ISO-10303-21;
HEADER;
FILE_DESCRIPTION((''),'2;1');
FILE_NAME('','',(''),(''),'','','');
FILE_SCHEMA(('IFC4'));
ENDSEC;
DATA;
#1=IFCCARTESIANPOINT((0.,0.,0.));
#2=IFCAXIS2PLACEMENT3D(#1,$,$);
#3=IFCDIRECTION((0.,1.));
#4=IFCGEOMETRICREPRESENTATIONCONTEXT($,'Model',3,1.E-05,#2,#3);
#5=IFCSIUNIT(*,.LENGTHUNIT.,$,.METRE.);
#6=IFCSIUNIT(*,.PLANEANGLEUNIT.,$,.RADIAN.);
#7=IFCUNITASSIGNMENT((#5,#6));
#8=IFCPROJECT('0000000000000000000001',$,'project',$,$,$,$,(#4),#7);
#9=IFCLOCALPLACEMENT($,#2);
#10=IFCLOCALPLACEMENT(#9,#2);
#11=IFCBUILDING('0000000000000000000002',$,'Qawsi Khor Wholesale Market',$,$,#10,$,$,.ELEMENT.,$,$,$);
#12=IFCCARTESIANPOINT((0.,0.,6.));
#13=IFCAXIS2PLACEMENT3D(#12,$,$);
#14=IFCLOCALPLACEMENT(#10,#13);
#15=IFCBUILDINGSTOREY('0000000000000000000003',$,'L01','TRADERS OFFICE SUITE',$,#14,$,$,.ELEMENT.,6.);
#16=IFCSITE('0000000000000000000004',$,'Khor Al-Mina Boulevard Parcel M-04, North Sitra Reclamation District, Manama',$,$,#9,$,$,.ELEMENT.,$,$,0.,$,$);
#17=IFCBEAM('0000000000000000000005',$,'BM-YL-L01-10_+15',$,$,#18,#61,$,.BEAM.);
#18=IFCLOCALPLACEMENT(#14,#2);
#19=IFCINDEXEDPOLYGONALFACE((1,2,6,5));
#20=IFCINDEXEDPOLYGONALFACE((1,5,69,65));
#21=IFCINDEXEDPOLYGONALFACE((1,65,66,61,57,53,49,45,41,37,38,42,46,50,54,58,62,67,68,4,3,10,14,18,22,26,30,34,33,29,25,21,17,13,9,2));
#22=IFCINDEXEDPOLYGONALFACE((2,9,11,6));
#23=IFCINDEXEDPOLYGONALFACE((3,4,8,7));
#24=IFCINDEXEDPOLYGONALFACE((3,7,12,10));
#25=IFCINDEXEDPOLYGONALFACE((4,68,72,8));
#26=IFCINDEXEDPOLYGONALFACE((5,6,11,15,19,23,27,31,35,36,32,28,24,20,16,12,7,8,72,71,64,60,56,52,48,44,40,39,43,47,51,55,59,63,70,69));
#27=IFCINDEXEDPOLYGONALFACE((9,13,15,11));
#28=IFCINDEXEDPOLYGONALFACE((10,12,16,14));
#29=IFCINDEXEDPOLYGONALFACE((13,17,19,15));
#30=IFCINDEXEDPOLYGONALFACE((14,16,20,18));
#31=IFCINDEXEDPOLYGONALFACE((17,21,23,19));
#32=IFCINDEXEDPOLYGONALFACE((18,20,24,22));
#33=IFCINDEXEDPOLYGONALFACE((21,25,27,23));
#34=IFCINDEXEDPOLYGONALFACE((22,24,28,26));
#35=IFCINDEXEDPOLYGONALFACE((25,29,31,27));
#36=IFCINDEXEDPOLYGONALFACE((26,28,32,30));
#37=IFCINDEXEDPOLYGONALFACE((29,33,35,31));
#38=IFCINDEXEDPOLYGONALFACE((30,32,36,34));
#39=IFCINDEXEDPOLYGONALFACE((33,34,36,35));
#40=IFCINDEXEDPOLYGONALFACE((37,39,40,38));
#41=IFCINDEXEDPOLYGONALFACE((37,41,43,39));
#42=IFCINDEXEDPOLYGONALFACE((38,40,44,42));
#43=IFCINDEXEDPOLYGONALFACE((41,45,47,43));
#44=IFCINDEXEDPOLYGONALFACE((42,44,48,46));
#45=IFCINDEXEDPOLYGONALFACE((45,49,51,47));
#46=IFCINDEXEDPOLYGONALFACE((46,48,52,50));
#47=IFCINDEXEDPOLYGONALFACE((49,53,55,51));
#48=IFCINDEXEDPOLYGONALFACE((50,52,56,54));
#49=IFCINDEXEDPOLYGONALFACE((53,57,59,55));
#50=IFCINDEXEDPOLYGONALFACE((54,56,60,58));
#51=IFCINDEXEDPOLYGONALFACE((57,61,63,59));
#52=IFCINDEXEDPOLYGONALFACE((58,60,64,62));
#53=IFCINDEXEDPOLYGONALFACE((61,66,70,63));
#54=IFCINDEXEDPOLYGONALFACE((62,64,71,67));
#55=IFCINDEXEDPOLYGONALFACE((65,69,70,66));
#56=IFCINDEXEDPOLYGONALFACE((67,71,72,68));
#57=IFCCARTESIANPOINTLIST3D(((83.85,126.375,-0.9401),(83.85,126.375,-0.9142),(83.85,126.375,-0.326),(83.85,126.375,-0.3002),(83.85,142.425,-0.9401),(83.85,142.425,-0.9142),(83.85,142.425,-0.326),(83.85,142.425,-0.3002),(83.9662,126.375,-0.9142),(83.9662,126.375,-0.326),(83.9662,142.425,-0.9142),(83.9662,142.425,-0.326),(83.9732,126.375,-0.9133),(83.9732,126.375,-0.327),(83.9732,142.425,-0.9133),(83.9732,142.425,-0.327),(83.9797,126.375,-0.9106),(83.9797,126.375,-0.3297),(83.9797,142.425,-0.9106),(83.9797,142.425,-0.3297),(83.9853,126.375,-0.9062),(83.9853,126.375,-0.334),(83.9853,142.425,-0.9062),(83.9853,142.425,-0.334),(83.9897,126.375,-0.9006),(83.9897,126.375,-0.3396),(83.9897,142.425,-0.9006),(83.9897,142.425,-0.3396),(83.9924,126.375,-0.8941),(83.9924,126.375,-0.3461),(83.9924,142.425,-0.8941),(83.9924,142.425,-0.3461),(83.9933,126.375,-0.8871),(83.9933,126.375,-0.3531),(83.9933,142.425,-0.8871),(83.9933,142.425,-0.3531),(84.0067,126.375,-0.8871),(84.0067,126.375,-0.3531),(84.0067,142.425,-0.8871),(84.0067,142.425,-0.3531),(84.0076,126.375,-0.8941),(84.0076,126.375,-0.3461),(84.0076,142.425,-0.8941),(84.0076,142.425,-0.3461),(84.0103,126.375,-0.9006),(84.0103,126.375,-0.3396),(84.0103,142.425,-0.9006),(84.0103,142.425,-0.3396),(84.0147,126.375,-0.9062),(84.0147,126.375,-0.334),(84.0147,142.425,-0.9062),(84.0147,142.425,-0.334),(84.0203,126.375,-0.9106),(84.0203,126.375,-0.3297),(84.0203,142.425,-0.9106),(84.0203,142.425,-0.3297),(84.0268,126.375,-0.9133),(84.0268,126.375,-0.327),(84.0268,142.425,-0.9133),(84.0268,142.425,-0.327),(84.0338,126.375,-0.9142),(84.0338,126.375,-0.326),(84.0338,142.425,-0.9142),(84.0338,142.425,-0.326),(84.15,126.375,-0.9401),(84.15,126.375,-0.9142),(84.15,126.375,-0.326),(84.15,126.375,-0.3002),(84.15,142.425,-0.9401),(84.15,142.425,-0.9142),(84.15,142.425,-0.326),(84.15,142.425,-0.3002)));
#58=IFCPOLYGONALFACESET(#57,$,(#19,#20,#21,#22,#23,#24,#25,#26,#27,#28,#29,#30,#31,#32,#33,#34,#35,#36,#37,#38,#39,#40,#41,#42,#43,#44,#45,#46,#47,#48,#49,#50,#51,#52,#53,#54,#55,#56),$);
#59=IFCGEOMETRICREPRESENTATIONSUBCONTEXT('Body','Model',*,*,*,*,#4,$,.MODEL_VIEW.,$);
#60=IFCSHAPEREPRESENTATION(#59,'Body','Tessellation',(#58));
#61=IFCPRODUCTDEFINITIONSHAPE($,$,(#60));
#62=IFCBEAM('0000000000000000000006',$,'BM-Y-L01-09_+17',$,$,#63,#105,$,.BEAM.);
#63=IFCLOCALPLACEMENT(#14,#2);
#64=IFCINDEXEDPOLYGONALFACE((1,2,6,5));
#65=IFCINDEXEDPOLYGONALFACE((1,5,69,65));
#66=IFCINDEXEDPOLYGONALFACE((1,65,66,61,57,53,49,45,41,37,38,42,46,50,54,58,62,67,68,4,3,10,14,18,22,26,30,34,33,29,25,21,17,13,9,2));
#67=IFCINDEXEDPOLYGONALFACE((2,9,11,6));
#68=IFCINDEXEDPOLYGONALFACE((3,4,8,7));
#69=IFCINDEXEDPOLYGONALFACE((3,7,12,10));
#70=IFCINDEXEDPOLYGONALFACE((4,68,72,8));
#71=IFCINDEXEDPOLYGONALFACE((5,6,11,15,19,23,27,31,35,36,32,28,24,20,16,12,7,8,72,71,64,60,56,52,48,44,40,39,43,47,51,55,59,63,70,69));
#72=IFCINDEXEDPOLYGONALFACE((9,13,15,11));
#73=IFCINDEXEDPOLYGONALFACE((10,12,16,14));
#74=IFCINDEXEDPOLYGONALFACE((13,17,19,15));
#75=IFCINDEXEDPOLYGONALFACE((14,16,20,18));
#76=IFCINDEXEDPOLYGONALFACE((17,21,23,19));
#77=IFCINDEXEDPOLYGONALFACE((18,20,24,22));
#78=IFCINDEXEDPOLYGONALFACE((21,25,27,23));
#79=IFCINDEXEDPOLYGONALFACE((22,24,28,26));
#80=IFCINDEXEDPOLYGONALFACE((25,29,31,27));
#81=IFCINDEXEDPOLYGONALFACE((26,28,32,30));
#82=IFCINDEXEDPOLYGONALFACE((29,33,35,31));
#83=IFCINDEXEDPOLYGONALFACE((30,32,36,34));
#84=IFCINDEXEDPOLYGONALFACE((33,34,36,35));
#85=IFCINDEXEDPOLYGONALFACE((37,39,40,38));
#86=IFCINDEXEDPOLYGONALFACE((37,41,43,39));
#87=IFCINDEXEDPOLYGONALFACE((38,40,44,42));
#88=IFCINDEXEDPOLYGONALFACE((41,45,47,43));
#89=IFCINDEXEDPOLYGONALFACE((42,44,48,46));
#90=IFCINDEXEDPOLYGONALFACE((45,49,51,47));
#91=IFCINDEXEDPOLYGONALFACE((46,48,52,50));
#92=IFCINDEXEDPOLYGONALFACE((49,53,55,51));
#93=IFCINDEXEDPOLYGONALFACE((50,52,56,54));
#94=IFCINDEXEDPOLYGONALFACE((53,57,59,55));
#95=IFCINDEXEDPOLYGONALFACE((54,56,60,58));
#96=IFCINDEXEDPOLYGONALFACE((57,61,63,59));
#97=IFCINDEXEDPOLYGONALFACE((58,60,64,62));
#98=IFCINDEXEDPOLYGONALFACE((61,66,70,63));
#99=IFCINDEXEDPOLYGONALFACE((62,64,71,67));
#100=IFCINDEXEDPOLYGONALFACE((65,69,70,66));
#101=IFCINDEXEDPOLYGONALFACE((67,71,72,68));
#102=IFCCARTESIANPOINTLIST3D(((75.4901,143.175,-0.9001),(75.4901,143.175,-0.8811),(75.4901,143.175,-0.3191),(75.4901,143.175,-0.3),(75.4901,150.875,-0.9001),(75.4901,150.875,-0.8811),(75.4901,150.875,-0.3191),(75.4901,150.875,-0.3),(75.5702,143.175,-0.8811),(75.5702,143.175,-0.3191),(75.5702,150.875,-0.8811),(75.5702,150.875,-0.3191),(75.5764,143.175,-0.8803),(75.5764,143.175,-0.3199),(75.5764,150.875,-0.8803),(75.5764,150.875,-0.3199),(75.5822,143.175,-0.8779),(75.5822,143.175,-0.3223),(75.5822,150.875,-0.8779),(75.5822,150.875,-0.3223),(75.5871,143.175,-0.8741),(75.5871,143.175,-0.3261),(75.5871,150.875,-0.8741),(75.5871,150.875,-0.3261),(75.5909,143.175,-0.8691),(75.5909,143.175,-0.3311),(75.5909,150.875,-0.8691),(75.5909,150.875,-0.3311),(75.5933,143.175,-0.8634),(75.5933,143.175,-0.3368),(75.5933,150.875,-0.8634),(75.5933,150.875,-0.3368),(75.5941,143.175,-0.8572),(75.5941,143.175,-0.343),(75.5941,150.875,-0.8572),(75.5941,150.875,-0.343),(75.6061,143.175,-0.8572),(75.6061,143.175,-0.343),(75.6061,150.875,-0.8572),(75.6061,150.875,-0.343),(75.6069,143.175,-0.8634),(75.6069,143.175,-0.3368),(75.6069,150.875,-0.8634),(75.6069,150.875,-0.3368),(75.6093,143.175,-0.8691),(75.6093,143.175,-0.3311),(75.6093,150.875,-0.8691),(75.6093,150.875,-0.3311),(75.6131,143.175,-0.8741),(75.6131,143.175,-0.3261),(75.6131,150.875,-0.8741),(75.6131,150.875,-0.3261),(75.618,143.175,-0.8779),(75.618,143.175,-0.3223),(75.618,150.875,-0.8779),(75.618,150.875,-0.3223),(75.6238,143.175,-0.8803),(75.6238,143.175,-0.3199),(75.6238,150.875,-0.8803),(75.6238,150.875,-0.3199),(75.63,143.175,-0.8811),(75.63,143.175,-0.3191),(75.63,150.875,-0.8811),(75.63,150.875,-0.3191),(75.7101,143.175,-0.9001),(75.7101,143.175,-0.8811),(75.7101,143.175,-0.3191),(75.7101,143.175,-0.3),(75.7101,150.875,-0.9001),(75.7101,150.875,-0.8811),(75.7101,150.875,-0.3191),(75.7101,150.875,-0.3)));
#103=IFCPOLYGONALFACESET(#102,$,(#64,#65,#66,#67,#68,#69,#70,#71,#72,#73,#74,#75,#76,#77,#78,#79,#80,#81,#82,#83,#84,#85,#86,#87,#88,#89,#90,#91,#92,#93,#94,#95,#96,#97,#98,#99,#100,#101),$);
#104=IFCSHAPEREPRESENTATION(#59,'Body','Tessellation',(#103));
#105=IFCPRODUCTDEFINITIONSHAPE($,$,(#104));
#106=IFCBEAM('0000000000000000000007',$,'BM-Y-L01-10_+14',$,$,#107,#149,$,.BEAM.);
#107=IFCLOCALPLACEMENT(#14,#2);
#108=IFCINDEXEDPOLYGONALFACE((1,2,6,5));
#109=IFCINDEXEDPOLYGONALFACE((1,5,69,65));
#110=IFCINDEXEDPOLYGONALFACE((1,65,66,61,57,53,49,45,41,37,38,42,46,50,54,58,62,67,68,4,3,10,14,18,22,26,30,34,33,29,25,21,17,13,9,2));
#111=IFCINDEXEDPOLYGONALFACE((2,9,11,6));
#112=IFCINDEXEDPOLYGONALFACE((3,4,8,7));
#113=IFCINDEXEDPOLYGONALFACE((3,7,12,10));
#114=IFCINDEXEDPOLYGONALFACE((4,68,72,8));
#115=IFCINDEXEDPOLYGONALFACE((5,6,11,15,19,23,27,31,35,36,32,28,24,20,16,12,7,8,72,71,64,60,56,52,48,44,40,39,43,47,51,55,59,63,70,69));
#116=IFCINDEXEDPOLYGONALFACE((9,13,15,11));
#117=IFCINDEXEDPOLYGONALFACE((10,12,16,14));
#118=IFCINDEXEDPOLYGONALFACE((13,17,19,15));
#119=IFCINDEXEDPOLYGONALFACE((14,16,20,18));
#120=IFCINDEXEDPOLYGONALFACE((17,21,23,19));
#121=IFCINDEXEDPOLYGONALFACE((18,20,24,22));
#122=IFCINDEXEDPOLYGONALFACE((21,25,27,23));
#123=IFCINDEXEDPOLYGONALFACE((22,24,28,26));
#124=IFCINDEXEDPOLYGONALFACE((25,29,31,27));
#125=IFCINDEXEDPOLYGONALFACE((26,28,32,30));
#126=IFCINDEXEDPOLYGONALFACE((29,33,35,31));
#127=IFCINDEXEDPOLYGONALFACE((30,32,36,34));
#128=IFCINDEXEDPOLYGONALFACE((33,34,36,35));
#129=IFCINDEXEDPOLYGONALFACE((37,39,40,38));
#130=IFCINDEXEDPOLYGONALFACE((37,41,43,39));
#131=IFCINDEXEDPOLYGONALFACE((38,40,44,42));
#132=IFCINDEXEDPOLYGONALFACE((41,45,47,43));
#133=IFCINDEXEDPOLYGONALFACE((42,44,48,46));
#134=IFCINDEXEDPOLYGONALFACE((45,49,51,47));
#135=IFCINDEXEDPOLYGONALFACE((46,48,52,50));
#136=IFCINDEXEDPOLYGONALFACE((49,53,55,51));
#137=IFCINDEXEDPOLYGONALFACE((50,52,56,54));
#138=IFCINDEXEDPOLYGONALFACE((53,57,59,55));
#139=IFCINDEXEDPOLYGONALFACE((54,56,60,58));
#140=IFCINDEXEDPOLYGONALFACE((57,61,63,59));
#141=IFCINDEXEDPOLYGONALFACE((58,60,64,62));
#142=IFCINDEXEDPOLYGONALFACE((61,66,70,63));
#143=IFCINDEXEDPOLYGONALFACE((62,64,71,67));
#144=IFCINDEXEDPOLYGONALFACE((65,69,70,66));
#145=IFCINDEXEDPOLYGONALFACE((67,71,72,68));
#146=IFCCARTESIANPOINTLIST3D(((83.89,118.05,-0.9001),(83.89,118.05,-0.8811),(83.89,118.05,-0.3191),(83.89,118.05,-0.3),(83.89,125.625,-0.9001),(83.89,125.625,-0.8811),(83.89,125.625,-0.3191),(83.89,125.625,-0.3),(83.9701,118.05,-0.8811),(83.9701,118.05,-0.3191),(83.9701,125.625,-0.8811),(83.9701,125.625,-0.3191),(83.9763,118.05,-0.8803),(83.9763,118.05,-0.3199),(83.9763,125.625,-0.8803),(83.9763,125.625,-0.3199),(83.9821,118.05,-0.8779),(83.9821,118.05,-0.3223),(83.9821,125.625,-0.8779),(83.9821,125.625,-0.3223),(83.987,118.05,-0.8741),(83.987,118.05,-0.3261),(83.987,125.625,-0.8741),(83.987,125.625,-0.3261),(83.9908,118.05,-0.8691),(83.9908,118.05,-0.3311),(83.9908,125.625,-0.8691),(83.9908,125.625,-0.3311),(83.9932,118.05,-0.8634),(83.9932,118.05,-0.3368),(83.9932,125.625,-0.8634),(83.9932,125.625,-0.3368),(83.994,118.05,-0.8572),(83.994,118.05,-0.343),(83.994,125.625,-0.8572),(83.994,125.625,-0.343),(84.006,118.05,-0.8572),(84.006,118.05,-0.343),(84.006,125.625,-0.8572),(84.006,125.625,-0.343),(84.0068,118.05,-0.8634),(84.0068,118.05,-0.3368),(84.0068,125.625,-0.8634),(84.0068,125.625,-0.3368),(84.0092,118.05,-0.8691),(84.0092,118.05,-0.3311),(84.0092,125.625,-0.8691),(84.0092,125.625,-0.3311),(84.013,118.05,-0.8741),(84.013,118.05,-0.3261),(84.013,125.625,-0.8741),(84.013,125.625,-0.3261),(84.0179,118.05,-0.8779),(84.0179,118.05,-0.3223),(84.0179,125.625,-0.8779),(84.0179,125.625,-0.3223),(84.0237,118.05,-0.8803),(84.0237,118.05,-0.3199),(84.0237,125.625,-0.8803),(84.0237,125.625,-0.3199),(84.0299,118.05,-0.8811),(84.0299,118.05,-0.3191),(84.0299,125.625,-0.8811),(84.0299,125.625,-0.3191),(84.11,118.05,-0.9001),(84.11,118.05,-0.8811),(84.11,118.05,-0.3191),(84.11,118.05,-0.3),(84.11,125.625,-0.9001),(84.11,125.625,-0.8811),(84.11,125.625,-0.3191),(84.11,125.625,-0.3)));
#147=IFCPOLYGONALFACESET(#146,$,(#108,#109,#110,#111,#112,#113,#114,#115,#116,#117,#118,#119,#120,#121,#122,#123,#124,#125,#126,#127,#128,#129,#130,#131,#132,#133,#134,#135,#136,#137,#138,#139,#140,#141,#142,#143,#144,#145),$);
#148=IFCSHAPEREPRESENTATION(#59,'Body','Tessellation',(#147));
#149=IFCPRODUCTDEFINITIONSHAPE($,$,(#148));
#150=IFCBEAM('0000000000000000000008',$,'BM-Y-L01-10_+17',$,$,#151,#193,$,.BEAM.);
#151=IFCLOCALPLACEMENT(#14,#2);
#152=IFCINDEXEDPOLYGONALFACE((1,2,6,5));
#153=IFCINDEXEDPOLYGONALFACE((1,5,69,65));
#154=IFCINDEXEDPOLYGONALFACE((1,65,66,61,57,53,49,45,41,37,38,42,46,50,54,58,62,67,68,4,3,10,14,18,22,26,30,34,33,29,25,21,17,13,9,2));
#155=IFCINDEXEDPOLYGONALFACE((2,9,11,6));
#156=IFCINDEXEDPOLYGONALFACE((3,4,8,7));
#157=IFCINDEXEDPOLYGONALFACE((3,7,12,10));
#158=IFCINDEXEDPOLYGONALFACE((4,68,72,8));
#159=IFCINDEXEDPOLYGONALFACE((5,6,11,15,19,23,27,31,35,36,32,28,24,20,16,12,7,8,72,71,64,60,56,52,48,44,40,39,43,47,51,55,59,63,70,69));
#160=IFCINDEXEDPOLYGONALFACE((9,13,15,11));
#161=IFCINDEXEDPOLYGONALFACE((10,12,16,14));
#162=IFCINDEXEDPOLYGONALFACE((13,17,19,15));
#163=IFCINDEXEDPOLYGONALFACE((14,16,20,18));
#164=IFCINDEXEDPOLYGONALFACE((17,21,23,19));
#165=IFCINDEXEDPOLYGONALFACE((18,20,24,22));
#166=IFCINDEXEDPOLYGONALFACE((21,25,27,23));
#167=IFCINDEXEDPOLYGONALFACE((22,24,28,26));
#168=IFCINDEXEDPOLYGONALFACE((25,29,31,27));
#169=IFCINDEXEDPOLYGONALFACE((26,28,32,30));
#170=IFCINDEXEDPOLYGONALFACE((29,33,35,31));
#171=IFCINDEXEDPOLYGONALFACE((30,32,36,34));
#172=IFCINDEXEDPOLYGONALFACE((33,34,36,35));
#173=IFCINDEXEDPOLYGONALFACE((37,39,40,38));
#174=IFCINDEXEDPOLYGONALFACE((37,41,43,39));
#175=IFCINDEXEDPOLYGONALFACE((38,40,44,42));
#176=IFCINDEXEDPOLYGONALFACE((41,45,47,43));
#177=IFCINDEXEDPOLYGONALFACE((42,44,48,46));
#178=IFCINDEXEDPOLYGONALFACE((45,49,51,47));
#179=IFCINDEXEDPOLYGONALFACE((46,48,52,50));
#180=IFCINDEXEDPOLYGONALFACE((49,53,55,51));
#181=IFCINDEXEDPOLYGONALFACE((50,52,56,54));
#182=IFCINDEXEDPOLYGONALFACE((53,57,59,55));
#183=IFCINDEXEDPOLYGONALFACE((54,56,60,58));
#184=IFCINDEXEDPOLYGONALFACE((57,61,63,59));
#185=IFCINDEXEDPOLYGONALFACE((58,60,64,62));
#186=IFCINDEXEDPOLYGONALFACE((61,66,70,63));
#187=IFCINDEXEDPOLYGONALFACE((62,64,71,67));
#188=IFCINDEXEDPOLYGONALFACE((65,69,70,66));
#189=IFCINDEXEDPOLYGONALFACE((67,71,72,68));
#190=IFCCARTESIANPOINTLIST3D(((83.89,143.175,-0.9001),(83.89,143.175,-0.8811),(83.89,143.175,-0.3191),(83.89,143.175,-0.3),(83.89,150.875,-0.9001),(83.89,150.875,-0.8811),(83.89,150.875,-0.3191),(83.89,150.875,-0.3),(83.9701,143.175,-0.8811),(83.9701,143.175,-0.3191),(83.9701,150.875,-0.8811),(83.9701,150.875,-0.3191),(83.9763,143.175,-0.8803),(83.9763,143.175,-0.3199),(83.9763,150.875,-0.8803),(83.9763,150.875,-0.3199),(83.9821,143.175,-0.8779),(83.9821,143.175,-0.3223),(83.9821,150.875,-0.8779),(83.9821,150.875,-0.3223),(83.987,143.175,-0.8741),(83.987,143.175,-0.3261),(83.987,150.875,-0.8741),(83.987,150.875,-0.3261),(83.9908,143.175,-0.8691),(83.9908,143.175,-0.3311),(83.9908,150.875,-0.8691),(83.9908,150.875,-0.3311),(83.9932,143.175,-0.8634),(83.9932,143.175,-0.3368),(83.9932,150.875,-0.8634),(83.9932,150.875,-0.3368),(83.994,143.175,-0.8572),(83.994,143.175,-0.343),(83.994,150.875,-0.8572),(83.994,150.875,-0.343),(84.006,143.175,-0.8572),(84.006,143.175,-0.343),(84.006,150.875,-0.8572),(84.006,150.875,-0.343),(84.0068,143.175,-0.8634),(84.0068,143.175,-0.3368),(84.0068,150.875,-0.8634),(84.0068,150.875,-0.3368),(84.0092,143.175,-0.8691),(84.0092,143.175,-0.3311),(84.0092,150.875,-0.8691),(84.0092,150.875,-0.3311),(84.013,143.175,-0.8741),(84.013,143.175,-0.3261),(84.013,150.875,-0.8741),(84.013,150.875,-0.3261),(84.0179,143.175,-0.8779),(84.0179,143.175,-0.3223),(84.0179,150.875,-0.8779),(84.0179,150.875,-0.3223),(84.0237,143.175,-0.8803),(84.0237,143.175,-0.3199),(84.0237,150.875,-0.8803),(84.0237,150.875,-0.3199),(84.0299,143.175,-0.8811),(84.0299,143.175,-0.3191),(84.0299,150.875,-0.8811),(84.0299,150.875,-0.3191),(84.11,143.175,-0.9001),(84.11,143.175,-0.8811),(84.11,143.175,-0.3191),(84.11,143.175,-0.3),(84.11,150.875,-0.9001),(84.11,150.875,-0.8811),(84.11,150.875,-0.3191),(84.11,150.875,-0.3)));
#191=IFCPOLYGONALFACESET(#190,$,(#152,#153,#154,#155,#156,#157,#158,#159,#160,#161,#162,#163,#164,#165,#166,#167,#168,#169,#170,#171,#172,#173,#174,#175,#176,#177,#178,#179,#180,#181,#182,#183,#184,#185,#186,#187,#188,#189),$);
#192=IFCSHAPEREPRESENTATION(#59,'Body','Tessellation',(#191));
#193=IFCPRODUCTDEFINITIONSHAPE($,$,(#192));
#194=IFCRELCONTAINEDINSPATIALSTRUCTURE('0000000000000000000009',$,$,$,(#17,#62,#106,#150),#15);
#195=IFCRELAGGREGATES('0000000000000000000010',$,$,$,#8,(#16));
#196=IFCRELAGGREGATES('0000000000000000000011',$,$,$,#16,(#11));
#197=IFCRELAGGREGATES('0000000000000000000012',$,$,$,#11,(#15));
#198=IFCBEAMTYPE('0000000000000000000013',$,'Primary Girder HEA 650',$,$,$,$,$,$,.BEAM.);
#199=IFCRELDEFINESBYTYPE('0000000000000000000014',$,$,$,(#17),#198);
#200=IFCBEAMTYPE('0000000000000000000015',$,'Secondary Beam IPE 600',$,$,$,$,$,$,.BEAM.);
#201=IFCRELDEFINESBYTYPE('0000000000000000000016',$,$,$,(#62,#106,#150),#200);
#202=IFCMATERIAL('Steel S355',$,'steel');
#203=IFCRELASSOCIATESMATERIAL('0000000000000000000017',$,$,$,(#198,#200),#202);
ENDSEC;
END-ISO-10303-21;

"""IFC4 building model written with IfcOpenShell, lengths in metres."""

from ifc_helpers import new_model, si_unit, direction, frame, origin, origin_2d, place, context, subcontext, project, spatial, i_section, extrude, material, material_profile, profile_set, type_object, element, save


model = new_model("IFC4")

# Units and contexts
model_context = context("Model", 3, precision=1e-05, world=origin(), true_north=direction((0.0, 1.0)))
body_context = subcontext(model_context, "Body", "Model", "MODEL_VIEW")
ifc_project = project(units=[si_unit("LENGTHUNIT", "METRE"), si_unit("PLANEANGLEUNIT", "RADIAN")], contexts=[model_context])

# Site, building, storey
site_placement = place(None, origin())
site = spatial("IfcSite", under=ifc_project, at=site_placement, Name="Khor Al-Mina Boulevard Parcel M-04, North Sitra Reclamation District, Manama", CompositionType="ELEMENT", RefElevation=0.0)
building_placement = place(site_placement, origin())
building = spatial("IfcBuilding", under=site, at=building_placement, Name="Qawsi Khor Wholesale Market", CompositionType="ELEMENT")
storey_placement = place(building_placement, frame((0.0, 0.0, 6.0)))
storey = spatial("IfcBuildingStorey", under=building, at=storey_placement, Name="L01", Description="TRADERS OFFICE SUITE", CompositionType="ELEMENT", Elevation=6.0)

# Shared definitions
ifc_material_1 = material(Name="Steel S355", Category="steel")

# Beams
ifc_material_profile_1 = material_profile(ifc_material_1, i_section(OverallWidth=0.3, OverallDepth=0.6399, WebThickness=0.0134, FlangeThickness=0.0259, FilletRadius=0.0271, at=origin_2d()), Name="HEA 650")
ifc_profile_set_1 = profile_set([ifc_material_profile_1], Name="Steel S355")
beam_type_1 = type_object("IfcBeamType", Name="Primary Girder HEA 650", PredefinedType="BEAM", material=ifc_profile_set_1)
for number, where, z_axis, x_axis, name in (
    (1, (84.0, 126.375, -0.6201), (0.0, 1.0, 0.0), (-1.0, 0.0, 0.0), "BM-YL-L01-10_+15"),
):
    element("IfcBeam", number, at=place(storey_placement, frame(where, z_axis=z_axis, x_axis=x_axis)), inside=storey, type_object=beam_type_1, Name=name, PredefinedType="BEAM", context=body_context, shape_type="SweptSolid", body=[
        extrude(i_section(OverallWidth=0.3, OverallDepth=0.6399, WebThickness=0.0134, FlangeThickness=0.0259, FilletRadius=0.0271, at=origin_2d()), origin(), (0.0, 0.0, 1.0), 16.05),
    ])
ifc_material_profile_2 = material_profile(ifc_material_1, i_section(OverallWidth=0.22, OverallDepth=0.6001, WebThickness=0.012, FlangeThickness=0.019, FilletRadius=0.0239, at=origin_2d()), Name="IPE 600")
ifc_profile_set_2 = profile_set([ifc_material_profile_2], Name="Steel S355")
beam_type_2 = type_object("IfcBeamType", Name="Secondary Beam IPE 600", PredefinedType="BEAM", material=ifc_profile_set_2)
beam_1_placement = place(storey_placement, frame((75.6001, 143.175, -0.6001), z_axis=(0.0, 1.0, 0.0), x_axis=(-1.0, 0.0, 0.0)))
element("IfcBeam", 2, at=beam_1_placement, inside=storey, type_object=beam_type_2, Name="BM-Y-L01-09_+17", PredefinedType="BEAM", context=body_context, shape_type="SweptSolid", body=[
    extrude(i_section(OverallWidth=0.22, OverallDepth=0.6001, WebThickness=0.012, FlangeThickness=0.019, FilletRadius=0.0239, at=origin_2d()), origin(), (0.0, 0.0, 1.0), 7.7),
])
beam_2_placement = place(storey_placement, frame((84.0, 118.05, -0.6001), z_axis=(0.0, 1.0, 0.0), x_axis=(-1.0, 0.0, 0.0)))
element("IfcBeam", 3, at=beam_2_placement, inside=storey, type_object=beam_type_2, Name="BM-Y-L01-10_+14", PredefinedType="BEAM", context=body_context, shape_type="SweptSolid", body=[
    extrude(i_section(OverallWidth=0.22, OverallDepth=0.6001, WebThickness=0.012, FlangeThickness=0.019, FilletRadius=0.0239, at=origin_2d()), origin(), (0.0, 0.0, 1.0), 7.575),
])
beam_3_placement = place(storey_placement, frame((84.0, 143.175, -0.6001), z_axis=(0.0, 1.0, 0.0), x_axis=(-1.0, 0.0, 0.0)))
element("IfcBeam", 4, at=beam_3_placement, inside=storey, type_object=beam_type_2, Name="BM-Y-L01-10_+17", PredefinedType="BEAM", context=body_context, shape_type="SweptSolid", body=[
    extrude(i_section(OverallWidth=0.22, OverallDepth=0.6001, WebThickness=0.012, FlangeThickness=0.019, FilletRadius=0.0239, at=origin_2d()), origin(), (0.0, 0.0, 1.0), 7.7),
])

save(model, "model.ifc")
